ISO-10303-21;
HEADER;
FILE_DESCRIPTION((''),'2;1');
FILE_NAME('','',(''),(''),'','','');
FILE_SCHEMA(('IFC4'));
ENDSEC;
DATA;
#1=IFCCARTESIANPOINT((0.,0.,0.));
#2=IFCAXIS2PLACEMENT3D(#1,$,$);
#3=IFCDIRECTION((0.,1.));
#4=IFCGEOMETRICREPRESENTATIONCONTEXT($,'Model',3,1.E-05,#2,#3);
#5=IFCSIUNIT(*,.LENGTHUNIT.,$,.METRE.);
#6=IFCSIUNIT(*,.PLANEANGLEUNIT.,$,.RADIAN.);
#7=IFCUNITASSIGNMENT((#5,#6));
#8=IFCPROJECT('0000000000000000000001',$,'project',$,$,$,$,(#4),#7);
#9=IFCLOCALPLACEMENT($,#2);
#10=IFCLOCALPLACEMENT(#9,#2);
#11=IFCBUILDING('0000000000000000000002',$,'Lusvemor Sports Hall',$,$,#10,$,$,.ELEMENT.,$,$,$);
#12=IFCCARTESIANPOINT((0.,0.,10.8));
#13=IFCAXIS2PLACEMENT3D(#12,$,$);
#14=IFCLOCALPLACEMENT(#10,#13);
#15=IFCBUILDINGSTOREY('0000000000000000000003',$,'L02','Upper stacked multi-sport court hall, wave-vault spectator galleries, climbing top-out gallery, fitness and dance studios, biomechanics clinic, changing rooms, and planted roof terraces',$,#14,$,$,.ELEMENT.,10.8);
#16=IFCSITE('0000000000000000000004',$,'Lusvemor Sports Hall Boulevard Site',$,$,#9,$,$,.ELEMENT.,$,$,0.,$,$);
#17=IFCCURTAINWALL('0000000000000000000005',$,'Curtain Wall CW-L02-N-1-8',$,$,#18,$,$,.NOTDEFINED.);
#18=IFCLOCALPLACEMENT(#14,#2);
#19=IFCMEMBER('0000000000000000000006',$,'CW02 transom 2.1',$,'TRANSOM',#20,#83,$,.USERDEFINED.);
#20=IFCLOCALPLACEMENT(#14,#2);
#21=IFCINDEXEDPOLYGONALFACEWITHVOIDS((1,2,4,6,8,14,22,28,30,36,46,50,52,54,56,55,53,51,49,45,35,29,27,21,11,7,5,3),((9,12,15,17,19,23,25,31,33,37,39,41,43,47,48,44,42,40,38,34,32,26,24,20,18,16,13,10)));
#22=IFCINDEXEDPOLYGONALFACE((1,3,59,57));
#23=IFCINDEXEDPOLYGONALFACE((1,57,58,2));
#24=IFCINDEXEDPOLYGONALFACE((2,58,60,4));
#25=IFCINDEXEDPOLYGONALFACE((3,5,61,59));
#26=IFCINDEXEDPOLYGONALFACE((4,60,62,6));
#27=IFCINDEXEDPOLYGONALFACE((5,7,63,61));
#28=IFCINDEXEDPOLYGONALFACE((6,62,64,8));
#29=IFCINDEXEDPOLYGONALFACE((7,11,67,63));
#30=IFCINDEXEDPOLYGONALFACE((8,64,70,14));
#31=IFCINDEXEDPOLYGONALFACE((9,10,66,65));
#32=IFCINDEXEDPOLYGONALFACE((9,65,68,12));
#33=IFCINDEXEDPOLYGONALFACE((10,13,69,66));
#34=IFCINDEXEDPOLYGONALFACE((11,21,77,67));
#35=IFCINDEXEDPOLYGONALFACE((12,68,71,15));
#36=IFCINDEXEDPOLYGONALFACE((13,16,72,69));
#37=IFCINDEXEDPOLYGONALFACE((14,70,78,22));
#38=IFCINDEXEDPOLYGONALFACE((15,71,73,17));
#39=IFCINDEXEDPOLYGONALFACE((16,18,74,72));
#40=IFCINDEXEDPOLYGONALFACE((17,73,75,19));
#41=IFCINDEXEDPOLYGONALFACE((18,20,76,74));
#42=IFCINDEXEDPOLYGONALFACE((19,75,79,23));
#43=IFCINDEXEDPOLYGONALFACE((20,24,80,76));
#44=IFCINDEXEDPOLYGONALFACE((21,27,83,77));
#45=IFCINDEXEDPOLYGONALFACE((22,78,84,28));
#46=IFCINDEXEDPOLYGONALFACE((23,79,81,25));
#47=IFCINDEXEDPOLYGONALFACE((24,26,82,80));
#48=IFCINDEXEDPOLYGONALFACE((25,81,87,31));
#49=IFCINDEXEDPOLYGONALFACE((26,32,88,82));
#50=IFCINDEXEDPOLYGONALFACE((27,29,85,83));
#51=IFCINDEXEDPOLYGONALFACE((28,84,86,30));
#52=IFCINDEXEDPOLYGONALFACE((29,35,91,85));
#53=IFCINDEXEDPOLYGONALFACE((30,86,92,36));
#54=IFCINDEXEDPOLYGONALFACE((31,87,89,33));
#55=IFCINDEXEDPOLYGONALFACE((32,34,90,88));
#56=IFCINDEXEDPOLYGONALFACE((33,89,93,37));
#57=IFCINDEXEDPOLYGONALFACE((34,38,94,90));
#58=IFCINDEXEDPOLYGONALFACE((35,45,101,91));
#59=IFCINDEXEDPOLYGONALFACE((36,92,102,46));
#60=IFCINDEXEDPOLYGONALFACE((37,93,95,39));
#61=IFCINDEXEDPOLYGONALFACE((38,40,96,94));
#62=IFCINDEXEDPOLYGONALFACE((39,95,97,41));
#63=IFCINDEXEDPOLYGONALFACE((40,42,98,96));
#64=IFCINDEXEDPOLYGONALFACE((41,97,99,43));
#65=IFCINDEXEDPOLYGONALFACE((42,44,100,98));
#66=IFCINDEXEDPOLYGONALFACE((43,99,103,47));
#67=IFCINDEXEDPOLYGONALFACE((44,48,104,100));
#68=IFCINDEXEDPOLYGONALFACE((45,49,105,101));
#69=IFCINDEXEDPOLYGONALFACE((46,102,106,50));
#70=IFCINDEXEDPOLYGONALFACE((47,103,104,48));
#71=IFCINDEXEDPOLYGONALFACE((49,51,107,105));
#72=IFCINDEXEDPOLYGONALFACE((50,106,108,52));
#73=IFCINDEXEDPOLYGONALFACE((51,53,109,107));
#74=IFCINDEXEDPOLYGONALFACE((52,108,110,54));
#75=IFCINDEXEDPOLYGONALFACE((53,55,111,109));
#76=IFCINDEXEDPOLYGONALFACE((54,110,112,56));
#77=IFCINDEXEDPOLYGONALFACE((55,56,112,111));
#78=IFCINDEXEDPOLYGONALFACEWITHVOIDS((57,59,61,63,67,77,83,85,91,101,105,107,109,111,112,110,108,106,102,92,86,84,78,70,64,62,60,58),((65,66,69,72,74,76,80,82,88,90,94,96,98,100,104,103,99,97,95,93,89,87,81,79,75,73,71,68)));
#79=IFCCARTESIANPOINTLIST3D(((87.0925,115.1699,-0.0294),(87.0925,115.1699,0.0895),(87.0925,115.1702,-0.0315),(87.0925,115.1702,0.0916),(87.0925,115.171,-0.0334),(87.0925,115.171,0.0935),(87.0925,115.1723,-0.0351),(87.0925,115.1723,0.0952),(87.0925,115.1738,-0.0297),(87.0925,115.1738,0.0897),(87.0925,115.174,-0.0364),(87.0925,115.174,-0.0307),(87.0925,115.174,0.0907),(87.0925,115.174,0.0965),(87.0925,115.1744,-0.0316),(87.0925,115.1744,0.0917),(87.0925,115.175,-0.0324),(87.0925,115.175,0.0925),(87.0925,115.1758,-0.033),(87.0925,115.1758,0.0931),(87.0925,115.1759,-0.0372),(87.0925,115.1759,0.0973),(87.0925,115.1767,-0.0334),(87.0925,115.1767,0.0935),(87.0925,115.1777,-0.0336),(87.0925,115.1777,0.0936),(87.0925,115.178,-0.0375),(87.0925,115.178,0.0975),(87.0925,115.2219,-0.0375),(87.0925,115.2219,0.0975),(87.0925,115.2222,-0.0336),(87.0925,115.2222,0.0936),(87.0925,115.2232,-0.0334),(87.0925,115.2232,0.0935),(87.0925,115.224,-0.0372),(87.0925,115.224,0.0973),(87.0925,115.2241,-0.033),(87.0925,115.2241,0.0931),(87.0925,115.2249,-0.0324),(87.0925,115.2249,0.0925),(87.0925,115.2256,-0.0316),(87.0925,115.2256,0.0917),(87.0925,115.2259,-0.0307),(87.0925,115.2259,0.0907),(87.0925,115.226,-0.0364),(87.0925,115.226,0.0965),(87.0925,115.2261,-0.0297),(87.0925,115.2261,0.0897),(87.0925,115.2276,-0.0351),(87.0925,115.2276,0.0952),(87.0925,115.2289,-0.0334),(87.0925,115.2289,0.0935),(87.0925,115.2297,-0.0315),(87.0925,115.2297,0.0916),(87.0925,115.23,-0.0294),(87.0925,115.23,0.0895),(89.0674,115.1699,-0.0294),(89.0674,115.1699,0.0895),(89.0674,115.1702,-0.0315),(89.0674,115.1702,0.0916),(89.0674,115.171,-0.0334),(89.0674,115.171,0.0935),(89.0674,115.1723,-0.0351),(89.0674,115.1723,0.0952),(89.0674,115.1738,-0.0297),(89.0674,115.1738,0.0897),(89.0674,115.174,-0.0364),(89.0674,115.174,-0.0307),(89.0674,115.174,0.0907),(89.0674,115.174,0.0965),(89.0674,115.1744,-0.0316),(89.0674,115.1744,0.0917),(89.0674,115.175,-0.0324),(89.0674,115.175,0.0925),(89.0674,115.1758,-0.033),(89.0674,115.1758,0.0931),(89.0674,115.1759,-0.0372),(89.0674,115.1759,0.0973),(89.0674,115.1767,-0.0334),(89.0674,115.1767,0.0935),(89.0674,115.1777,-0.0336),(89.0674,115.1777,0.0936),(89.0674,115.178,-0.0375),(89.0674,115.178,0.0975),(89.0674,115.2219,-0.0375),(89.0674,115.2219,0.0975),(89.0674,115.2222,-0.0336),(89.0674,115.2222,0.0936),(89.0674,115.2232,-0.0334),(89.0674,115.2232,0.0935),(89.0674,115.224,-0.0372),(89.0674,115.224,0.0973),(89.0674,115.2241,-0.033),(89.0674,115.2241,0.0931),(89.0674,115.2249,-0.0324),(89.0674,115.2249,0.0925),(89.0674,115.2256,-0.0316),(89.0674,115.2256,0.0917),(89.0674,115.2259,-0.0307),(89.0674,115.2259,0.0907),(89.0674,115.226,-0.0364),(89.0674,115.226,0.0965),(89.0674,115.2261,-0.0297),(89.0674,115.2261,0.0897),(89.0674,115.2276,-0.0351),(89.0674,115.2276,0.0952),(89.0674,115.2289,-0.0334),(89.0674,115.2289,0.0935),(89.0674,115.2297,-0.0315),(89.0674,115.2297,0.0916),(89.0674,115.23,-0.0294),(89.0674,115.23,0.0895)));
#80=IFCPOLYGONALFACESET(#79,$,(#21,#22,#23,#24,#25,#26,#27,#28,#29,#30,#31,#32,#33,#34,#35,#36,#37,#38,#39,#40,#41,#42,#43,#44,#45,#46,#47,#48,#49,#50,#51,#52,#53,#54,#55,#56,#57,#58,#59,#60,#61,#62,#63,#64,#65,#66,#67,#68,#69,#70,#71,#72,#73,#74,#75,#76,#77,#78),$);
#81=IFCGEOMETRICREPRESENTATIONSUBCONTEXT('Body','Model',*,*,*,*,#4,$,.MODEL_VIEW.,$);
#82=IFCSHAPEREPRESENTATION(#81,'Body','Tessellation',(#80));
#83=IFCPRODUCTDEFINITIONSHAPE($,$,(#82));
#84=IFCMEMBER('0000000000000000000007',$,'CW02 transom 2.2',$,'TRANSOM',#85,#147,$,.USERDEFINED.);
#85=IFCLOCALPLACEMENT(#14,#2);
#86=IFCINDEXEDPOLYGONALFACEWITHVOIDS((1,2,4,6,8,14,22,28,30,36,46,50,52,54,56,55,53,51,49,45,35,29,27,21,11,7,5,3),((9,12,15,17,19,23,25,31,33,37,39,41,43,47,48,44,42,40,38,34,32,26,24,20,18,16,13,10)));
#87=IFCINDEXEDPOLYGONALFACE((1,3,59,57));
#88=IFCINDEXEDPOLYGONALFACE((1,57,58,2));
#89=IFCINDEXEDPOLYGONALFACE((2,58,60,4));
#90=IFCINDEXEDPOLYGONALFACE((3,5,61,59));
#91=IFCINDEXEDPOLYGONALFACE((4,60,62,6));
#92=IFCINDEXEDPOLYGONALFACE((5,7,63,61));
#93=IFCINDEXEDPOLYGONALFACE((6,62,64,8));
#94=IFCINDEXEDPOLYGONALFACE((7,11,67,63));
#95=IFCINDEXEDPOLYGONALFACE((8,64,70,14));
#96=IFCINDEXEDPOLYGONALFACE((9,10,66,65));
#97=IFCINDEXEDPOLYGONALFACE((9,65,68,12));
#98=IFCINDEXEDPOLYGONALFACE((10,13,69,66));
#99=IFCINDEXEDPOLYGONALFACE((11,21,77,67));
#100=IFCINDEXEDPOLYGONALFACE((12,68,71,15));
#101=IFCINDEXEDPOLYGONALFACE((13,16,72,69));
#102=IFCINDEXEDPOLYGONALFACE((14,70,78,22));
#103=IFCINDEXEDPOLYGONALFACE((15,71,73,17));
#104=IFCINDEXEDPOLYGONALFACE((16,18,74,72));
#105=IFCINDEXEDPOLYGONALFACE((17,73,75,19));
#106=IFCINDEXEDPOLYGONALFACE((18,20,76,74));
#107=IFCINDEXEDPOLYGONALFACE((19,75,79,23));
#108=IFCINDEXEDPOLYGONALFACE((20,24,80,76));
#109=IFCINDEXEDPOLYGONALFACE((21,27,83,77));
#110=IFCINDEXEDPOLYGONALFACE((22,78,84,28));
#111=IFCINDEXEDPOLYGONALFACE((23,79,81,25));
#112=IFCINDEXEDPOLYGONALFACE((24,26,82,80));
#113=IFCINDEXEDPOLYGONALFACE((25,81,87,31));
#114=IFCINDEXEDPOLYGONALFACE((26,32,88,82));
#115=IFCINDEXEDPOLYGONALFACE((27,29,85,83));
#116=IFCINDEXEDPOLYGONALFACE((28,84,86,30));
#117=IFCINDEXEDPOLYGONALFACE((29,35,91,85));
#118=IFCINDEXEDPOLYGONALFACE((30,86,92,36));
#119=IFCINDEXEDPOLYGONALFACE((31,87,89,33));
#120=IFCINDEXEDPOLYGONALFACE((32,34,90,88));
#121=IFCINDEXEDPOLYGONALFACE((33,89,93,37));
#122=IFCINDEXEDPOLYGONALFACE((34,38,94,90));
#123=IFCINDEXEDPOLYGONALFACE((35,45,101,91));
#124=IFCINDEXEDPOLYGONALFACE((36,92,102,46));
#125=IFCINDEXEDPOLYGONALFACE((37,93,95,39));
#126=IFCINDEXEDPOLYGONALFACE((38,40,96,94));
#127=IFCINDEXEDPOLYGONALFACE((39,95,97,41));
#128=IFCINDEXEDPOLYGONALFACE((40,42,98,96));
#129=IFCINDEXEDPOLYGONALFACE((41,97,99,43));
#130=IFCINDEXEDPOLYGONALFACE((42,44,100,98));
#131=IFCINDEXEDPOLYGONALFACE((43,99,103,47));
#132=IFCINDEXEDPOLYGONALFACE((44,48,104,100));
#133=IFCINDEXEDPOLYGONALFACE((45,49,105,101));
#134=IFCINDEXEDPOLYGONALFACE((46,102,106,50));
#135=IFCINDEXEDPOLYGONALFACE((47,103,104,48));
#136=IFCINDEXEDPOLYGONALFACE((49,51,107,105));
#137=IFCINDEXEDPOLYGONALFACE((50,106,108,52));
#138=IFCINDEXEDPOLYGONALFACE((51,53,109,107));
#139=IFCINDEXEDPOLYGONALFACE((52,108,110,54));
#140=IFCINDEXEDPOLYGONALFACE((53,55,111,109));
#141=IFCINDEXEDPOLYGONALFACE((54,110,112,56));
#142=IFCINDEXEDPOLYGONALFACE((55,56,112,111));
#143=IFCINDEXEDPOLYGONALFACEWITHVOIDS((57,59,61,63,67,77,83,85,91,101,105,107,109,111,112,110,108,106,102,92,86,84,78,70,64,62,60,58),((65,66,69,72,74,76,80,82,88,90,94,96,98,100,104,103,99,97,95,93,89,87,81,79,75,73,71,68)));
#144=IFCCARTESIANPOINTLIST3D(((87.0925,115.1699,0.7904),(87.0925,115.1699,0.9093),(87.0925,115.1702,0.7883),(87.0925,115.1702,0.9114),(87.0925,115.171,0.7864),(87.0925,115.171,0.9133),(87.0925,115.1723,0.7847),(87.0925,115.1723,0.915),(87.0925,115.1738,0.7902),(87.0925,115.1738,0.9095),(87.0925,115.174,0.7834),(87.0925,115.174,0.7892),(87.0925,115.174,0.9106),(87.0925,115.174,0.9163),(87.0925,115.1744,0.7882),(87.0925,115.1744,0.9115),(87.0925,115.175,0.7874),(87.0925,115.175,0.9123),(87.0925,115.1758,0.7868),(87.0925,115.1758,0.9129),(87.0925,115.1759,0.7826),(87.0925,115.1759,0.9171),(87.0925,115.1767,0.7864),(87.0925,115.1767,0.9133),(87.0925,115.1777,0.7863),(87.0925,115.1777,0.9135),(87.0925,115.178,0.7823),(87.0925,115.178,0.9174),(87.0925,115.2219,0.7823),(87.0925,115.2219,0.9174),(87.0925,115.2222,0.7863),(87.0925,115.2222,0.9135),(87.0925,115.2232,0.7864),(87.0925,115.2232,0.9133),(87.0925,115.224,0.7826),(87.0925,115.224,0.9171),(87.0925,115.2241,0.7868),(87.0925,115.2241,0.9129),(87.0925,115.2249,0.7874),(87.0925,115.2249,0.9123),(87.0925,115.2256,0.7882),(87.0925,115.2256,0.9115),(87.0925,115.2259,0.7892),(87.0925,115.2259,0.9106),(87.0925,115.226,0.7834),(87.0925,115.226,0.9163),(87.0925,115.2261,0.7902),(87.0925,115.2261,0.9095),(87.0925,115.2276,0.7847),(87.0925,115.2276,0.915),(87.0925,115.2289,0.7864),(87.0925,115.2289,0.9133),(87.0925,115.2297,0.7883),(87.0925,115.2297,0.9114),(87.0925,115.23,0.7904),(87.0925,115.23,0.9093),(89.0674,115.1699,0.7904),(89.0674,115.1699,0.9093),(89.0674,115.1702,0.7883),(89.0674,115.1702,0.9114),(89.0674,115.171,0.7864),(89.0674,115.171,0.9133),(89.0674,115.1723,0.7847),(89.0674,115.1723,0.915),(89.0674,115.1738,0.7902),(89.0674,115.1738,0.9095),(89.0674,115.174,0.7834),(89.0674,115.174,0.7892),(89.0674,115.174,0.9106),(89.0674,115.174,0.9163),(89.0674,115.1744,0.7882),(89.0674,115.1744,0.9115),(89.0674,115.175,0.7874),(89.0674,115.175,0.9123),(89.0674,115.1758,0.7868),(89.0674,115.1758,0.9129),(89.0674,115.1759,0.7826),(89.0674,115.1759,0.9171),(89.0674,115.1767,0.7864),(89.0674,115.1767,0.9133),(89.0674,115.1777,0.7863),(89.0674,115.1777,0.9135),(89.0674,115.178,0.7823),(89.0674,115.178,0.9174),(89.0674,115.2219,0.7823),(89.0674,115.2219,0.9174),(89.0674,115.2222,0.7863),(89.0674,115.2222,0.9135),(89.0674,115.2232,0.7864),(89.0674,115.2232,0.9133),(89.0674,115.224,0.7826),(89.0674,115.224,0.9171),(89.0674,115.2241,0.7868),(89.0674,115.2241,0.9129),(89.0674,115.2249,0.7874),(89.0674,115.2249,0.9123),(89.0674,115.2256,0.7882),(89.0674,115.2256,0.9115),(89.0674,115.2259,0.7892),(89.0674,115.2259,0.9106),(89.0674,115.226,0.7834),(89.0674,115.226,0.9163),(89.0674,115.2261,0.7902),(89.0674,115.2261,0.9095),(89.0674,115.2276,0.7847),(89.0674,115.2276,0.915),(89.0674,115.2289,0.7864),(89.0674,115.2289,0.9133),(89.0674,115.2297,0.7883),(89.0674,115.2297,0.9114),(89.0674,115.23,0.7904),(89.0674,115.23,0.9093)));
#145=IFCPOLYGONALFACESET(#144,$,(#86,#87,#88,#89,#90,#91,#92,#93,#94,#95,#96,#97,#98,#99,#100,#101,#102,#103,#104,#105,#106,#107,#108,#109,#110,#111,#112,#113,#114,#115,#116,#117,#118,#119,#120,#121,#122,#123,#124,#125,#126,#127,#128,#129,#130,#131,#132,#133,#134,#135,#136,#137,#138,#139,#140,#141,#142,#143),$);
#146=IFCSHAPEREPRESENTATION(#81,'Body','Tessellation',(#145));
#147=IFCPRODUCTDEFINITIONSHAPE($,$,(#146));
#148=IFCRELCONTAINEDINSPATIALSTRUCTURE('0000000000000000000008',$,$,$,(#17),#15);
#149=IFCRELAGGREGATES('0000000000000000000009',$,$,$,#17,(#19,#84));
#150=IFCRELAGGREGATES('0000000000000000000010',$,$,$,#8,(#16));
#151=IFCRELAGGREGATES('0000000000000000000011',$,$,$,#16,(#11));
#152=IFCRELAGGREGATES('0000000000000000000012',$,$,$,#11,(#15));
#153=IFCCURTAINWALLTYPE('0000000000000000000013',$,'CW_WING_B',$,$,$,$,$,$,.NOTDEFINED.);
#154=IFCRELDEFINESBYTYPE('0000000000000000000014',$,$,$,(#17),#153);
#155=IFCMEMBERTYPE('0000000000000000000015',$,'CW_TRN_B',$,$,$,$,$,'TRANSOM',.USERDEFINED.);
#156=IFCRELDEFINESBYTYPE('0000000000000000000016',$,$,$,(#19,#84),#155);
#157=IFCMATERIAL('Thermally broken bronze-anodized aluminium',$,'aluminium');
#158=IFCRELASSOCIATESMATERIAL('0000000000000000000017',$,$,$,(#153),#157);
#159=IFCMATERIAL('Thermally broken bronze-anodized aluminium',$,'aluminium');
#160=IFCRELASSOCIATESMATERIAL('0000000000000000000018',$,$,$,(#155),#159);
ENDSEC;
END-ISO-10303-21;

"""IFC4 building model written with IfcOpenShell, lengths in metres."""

from ifc_helpers import new_model, si_unit, direction, frame, origin, origin_2d, place, context, subcontext, project, spatial, hollow_rectangle, extrude, material, material_profile, profile_set, type_object, element, aggregate, save


model = new_model("IFC4")

# Units and contexts
model_context = context("Model", 3, precision=1e-05, world=origin(), true_north=direction((0.0, 1.0)))
body_context = subcontext(model_context, "Body", "Model", "MODEL_VIEW")
ifc_project = project(units=[si_unit("LENGTHUNIT", "METRE"), si_unit("PLANEANGLEUNIT", "RADIAN")], contexts=[model_context])

# Site, building, storey
site_placement = place(None, origin())
site = spatial("IfcSite", under=ifc_project, at=site_placement, Name="Lusvemor Sports Hall Boulevard Site", CompositionType="ELEMENT", RefElevation=0.0)
building_placement = place(site_placement, origin())
building = spatial("IfcBuilding", under=site, at=building_placement, Name="Lusvemor Sports Hall", CompositionType="ELEMENT")
storey_placement = place(building_placement, frame((0.0, 0.0, 10.8)))
storey = spatial("IfcBuildingStorey", under=building, at=storey_placement, Name="L02", Description="Upper stacked multi-sport court hall, wave-vault spectator galleries, climbing top-out gallery, fitness and dance studios, biomechanics clinic, changing rooms, and planted roof terraces", CompositionType="ELEMENT", Elevation=10.8)

# Curtain wall
ifc_material_1 = material(Name="Thermally broken bronze-anodized aluminium", Category="aluminium")
curtain_wall_type = type_object("IfcCurtainWallType", Name="CW_WING_B", PredefinedType="NOTDEFINED", material=ifc_material_1)
curtain_wall_1_placement = place(storey_placement, origin())
curtain_wall_1 = element("IfcCurtainWall", 1, at=curtain_wall_1_placement, inside=storey, type_object=curtain_wall_type, Name="Curtain Wall CW-L02-N-1-8", PredefinedType="NOTDEFINED")

# Members
ifc_material_2 = material(Name="Thermally broken bronze-anodized aluminium", Category="aluminium")
ifc_material_profile_1 = material_profile(ifc_material_2, hollow_rectangle(XDim=0.0601, YDim=0.135, WallThickness=0.0039, InnerFilletRadius=0.0039, OuterFilletRadius=0.0081, at=origin_2d()), Name="CWTRN135x60x4")
ifc_profile_set_1 = profile_set([ifc_material_profile_1], Name="Thermally broken bronze-anodized aluminium")
member_type_1 = type_object("IfcMemberType", Name="CW_TRN_B", ElementType="TRANSOM", PredefinedType="USERDEFINED", material=ifc_profile_set_1)
member_1_placement = place(storey_placement, frame((87.0925, 115.2, 0.03), z_axis=(1.0, 0.0, 0.0), x_axis=(0.0, 1.0, 0.0)))
member_1 = element("IfcMember", 2, at=member_1_placement, type_object=member_type_1, Name="CW02 transom 2.1", ObjectType="TRANSOM", PredefinedType="USERDEFINED", context=body_context, shape_type="SweptSolid", body=[
    extrude(hollow_rectangle(XDim=0.0601, YDim=0.135, WallThickness=0.0039, InnerFilletRadius=0.0039, OuterFilletRadius=0.0081, at=origin_2d()), origin(), (0.0, 0.0, 1.0), 1.9749),
])
member_2_placement = place(storey_placement, frame((87.0925, 115.2, 0.8499), z_axis=(1.0, 0.0, 0.0), x_axis=(0.0, 1.0, 0.0)))
member_2 = element("IfcMember", 3, at=member_2_placement, type_object=member_type_1, Name="CW02 transom 2.2", ObjectType="TRANSOM", PredefinedType="USERDEFINED", context=body_context, shape_type="SweptSolid", body=[
    extrude(hollow_rectangle(XDim=0.0601, YDim=0.135, WallThickness=0.0039, InnerFilletRadius=0.0039, OuterFilletRadius=0.0081, at=origin_2d()), origin(), (0.0, 0.0, 1.0), 1.9749),
])

aggregate(curtain_wall_1, [member_1, member_2])

save(model, "model.ifc")
